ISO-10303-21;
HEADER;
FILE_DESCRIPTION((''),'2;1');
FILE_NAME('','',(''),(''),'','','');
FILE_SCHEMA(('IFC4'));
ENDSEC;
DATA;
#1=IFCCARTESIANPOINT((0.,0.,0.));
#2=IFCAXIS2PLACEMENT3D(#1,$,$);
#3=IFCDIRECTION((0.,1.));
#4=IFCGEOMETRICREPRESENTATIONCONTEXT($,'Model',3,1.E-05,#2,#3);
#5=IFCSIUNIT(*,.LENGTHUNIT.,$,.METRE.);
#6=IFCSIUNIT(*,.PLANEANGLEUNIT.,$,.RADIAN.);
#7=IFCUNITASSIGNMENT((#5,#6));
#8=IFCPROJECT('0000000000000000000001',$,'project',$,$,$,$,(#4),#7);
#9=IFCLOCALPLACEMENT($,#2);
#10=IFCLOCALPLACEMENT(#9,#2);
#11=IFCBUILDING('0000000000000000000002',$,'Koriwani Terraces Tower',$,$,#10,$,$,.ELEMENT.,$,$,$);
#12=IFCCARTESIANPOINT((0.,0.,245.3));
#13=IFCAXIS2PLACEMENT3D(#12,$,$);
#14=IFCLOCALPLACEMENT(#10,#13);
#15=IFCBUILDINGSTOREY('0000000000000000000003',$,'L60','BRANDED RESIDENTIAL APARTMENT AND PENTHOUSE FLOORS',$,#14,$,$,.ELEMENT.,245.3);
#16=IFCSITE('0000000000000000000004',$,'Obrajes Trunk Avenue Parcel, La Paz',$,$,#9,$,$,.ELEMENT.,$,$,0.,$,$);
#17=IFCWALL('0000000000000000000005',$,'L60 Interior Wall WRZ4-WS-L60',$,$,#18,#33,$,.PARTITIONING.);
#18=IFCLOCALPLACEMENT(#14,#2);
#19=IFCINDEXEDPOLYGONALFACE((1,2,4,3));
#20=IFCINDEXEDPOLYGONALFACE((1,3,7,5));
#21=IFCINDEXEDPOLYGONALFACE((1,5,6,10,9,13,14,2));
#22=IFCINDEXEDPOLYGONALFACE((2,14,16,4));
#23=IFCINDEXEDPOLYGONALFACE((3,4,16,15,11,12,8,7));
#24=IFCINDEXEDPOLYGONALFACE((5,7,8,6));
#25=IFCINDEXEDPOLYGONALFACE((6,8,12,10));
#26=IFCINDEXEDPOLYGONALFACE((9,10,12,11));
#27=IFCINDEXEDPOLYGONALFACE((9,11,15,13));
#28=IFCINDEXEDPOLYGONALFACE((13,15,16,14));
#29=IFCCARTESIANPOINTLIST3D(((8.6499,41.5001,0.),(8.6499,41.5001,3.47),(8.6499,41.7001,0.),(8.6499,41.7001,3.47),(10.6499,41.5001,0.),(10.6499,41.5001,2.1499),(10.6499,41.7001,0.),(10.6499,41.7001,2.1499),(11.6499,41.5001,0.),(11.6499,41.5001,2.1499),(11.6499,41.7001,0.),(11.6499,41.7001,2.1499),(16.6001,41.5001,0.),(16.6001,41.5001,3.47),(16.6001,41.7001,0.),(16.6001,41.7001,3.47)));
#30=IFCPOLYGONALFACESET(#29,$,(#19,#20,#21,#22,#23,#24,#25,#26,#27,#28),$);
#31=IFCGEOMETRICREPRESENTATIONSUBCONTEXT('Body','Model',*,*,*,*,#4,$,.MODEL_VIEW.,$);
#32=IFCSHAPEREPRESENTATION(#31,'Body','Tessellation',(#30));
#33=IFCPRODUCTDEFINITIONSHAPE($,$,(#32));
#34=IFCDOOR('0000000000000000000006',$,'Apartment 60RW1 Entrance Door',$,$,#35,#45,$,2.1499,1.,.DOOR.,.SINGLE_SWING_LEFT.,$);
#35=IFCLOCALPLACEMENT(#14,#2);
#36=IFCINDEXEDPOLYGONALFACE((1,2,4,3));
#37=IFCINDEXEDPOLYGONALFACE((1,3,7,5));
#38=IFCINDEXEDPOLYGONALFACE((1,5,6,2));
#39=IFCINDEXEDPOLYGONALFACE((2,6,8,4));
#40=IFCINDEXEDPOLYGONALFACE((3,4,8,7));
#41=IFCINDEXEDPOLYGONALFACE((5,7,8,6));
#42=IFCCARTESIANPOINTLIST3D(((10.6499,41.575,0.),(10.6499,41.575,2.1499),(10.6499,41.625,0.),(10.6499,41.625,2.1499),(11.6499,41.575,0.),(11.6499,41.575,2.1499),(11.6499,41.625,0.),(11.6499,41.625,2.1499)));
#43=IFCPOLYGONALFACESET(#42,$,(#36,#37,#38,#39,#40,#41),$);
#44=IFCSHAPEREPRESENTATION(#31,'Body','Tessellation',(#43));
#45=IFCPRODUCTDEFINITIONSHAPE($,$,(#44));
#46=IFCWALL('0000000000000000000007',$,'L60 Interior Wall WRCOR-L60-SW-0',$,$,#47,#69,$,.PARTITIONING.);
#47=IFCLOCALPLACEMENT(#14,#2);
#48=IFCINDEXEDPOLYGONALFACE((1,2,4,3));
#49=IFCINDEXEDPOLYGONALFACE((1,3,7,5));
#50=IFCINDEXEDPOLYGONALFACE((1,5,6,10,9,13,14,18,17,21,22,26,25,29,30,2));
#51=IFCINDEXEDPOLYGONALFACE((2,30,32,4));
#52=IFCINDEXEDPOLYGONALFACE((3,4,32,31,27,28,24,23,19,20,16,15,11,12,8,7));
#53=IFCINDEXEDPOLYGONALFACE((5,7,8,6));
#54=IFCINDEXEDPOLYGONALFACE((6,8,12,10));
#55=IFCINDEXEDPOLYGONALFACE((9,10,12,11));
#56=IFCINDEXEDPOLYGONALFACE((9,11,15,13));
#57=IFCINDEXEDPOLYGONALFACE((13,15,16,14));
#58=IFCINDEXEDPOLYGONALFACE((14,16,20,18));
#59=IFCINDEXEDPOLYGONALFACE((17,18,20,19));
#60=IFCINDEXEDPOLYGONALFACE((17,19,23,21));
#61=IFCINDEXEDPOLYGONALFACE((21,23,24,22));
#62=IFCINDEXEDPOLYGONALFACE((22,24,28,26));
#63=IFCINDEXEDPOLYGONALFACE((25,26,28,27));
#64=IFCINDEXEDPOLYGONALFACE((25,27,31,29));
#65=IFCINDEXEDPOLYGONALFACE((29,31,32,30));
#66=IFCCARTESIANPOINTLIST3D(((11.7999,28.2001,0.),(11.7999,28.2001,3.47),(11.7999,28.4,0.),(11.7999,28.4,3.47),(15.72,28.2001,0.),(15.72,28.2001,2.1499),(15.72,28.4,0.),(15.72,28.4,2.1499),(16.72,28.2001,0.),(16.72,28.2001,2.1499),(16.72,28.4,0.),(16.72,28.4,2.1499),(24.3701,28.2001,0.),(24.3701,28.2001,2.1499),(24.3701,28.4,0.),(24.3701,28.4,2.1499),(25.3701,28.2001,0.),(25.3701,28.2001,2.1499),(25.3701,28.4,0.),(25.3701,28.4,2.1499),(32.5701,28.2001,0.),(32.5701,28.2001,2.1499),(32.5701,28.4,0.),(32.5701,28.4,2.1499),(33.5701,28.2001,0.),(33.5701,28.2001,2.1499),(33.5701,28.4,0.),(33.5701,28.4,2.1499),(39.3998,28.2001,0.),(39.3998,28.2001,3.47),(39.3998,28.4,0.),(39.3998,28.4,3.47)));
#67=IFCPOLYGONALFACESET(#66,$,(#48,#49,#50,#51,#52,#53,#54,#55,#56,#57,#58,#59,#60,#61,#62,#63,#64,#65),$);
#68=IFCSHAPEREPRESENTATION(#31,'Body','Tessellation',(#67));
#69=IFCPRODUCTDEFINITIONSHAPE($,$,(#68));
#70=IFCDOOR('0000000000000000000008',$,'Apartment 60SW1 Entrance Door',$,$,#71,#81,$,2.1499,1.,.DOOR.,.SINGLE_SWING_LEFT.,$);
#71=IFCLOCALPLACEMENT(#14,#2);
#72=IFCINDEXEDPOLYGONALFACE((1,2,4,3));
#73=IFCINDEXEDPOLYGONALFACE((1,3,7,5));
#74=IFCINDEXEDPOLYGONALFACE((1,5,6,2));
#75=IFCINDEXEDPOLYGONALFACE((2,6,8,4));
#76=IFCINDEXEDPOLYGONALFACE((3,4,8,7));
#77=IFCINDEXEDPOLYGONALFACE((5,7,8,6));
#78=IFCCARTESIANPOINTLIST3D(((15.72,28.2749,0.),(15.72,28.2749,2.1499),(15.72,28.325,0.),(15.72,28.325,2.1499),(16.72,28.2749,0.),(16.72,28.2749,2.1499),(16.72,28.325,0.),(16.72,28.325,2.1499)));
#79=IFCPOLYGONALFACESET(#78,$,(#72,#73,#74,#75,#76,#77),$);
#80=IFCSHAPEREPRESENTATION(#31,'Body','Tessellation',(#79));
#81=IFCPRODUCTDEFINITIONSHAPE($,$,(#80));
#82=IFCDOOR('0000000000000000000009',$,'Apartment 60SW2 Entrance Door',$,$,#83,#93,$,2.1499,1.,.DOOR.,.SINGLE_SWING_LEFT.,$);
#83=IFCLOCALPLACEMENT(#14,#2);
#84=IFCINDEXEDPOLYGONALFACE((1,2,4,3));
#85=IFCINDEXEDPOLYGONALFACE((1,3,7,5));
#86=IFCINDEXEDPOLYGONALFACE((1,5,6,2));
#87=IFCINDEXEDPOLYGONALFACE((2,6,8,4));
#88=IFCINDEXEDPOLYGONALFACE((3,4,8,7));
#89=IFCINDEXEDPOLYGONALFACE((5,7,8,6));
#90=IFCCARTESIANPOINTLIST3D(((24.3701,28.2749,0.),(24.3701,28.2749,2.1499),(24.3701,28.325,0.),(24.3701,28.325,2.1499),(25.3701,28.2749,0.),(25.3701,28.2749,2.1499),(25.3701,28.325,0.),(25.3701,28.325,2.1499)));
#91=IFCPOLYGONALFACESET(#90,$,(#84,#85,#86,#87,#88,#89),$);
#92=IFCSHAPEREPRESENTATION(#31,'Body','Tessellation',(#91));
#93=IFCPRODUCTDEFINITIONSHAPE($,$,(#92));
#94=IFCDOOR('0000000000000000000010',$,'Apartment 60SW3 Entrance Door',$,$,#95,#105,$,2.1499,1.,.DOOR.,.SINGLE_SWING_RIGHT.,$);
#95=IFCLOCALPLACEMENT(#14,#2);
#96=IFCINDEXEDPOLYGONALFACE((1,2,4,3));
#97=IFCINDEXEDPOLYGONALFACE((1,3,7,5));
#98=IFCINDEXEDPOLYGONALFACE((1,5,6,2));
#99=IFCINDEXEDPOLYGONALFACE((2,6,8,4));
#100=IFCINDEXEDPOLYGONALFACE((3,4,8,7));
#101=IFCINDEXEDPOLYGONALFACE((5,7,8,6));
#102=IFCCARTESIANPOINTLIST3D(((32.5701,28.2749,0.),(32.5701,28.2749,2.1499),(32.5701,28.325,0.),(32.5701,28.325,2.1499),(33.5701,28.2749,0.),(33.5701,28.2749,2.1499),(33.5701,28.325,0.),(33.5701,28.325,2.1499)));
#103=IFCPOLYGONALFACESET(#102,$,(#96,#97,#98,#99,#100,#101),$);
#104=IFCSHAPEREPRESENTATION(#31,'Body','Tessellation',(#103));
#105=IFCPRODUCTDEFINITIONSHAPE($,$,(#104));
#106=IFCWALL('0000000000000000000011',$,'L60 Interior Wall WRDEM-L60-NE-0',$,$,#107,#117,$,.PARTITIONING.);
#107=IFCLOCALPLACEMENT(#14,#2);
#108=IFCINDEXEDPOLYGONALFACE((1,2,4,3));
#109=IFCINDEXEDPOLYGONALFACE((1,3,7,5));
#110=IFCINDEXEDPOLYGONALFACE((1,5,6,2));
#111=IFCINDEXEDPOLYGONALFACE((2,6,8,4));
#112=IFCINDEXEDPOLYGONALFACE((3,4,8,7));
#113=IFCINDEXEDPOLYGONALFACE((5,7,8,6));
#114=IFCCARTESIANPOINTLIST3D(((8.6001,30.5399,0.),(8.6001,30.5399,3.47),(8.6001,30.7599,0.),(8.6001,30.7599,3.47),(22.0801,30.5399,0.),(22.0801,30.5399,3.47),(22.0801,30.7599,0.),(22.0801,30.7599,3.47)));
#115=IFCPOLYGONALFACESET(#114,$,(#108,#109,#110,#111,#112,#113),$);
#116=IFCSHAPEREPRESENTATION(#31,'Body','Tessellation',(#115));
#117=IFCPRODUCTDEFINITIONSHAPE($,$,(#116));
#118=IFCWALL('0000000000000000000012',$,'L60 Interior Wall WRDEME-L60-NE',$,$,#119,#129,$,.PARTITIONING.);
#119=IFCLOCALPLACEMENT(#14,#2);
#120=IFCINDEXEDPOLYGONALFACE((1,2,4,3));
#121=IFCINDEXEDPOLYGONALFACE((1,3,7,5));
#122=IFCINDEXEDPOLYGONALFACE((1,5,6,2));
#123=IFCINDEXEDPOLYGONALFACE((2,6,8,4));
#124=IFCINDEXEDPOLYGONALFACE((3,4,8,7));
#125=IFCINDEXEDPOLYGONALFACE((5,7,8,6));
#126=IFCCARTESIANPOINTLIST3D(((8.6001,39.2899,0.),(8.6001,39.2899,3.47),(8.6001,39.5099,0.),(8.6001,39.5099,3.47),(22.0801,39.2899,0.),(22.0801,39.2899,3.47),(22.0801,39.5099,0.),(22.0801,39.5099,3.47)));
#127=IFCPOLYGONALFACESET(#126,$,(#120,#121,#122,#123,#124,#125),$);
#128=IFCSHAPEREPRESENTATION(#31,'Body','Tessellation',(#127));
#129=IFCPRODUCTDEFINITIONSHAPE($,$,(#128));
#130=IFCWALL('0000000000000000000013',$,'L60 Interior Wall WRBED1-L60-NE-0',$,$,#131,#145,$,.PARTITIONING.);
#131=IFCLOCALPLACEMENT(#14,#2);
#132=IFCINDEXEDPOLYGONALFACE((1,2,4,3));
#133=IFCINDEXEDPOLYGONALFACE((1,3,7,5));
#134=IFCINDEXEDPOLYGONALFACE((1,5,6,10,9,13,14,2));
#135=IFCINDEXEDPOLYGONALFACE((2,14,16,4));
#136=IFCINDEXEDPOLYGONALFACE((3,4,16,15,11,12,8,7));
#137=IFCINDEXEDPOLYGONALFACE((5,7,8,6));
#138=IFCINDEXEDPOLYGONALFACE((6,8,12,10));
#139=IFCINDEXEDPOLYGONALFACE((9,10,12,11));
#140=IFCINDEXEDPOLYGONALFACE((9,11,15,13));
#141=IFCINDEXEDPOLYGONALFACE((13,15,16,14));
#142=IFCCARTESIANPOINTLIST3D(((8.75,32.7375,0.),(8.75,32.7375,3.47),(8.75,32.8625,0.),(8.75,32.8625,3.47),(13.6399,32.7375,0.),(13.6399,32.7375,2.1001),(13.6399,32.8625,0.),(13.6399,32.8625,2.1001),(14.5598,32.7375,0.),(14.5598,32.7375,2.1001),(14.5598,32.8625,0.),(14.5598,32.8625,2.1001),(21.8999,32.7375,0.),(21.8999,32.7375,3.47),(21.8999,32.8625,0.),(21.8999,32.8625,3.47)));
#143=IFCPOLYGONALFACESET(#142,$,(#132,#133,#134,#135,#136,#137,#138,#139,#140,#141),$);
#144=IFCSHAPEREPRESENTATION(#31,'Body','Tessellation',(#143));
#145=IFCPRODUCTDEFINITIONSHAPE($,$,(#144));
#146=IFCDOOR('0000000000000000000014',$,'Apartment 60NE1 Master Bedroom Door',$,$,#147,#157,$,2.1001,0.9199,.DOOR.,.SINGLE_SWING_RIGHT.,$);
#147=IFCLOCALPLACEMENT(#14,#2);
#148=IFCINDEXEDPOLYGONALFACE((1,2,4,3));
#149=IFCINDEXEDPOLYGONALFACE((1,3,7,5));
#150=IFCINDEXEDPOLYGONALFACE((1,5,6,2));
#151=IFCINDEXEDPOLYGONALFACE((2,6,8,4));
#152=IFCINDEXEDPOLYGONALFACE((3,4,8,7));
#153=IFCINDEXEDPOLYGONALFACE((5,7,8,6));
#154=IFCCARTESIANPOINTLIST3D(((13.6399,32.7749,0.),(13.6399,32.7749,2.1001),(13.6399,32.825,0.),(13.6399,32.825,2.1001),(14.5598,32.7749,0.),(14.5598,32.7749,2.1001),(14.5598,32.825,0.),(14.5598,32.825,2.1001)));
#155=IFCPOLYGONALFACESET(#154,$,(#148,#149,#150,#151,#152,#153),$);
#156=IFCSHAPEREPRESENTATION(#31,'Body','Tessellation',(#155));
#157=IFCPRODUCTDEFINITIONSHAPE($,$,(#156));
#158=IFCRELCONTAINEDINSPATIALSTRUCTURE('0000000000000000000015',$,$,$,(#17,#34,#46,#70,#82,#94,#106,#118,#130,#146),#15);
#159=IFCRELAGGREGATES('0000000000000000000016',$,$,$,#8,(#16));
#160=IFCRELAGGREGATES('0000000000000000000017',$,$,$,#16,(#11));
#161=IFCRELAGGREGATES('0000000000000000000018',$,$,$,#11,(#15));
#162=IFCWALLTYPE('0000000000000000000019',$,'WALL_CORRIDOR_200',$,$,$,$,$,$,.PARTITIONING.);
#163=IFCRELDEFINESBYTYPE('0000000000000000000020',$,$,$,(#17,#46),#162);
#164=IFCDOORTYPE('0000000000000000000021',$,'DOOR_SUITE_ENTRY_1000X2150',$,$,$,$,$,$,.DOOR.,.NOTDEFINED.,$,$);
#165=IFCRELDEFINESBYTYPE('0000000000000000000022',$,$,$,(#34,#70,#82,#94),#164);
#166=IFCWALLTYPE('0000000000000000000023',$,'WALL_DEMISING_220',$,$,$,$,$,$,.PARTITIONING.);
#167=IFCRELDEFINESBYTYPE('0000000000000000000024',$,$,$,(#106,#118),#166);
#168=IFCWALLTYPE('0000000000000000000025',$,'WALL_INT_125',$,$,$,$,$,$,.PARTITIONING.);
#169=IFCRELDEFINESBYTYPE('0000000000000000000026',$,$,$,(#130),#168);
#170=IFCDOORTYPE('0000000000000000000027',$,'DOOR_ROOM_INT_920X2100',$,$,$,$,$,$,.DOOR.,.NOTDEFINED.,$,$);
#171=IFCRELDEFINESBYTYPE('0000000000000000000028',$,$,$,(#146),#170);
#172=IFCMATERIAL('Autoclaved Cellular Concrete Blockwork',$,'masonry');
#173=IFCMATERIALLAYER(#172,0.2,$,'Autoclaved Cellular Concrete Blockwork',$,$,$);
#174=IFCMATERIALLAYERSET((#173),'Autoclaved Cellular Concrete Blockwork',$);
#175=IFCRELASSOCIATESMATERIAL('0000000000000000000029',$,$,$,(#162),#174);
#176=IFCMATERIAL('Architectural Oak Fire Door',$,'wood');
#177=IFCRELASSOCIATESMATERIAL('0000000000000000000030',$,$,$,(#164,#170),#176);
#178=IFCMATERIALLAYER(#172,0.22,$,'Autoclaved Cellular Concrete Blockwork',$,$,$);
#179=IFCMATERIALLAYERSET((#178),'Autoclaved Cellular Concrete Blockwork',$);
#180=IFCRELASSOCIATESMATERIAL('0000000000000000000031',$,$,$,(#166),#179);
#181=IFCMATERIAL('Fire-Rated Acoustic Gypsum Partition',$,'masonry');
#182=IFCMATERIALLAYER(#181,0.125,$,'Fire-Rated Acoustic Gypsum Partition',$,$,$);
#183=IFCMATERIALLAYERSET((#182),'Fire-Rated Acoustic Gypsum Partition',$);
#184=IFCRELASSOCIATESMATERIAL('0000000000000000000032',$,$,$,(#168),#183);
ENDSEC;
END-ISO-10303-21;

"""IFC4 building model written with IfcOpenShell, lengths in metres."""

from ifc_helpers import new_model, si_unit, direction, frame, frame_2d, origin, place, context, subcontext, project, spatial, rectangle, extrude, material, layer, layer_set, type_object, element, fill, save


model = new_model("IFC4")

# Units and contexts
model_context = context("Model", 3, precision=1e-05, world=origin(), true_north=direction((0.0, 1.0)))
body_context = subcontext(model_context, "Body", "Model", "MODEL_VIEW")
ifc_project = project(units=[si_unit("LENGTHUNIT", "METRE"), si_unit("PLANEANGLEUNIT", "RADIAN")], contexts=[model_context])

# Site, building, storey
site_placement = place(None, origin())
site = spatial("IfcSite", under=ifc_project, at=site_placement, Name="Obrajes Trunk Avenue Parcel, La Paz", CompositionType="ELEMENT", RefElevation=0.0)
building_placement = place(site_placement, origin())
building = spatial("IfcBuilding", under=site, at=building_placement, Name="Koriwani Terraces Tower", CompositionType="ELEMENT")
storey_placement = place(building_placement, frame((0.0, 0.0, 245.3)))
storey = spatial("IfcBuildingStorey", under=building, at=storey_placement, Name="L60", Description="BRANDED RESIDENTIAL APARTMENT AND PENTHOUSE FLOORS", CompositionType="ELEMENT", Elevation=245.3)

# Wall, opening, door
ifc_material_1 = material(Name="Autoclaved Cellular Concrete Blockwork", Category="masonry")
ifc_layer_1 = layer(ifc_material_1, 0.2, Name="Autoclaved Cellular Concrete Blockwork")
ifc_layer_set_1 = layer_set([ifc_layer_1], Name="Autoclaved Cellular Concrete Blockwork")
wall_type_1 = type_object("IfcWallType", Name="WALL_CORRIDOR_200", PredefinedType="PARTITIONING", material=ifc_layer_set_1)
wall_1_placement = place(storey_placement, frame((8.6499, 41.6001, 0.0), z_axis=(0.0, 0.0, 1.0), x_axis=(1.0, 0.0, 0.0)))
wall_1 = element("IfcWall", 1, at=wall_1_placement, inside=storey, type_object=wall_type_1, Name="L60 Interior Wall WRZ4-WS-L60", PredefinedType="PARTITIONING", context=body_context, shape_type="SweptSolid", body=[
    extrude(rectangle(XDim=7.9502, YDim=0.2, at=frame_2d((3.9751, 0.0))), origin(), (0.0, 0.0, 1.0), 3.47),
])
opening_1_placement = place(wall_1_placement, frame((2.0, 0.0, 0.0)))
opening_1 = element("IfcOpeningElement", 2, at=opening_1_placement, cuts=wall_1, PredefinedType="OPENING", context=body_context, shape_type="SweptSolid", body=[
    extrude(rectangle(XDim=1.0, YDim=2.1499, at=frame_2d((0.5, 1.075))), frame((0.0, 0.1099, 0.0), z_axis=(0.0, -1.0, 0.0), x_axis=(1.0, 0.0, 0.0)), (0.0, 0.0, 1.0), 0.22),
])
ifc_material_2 = material(Name="Architectural Oak Fire Door", Category="wood")
door_type_1 = type_object("IfcDoorType", Name="DOOR_SUITE_ENTRY_1000X2150", OperationType="NOTDEFINED", PredefinedType="DOOR", material=ifc_material_2)
door_1_placement = place(opening_1_placement, origin())
door_1 = element("IfcDoor", 3, at=door_1_placement, inside=storey, type_object=door_type_1, Name="Apartment 60RW1 Entrance Door", OperationType="SINGLE_SWING_LEFT", OverallHeight=2.1499, OverallWidth=1.0, PredefinedType="DOOR", context=body_context, shape_type="SweptSolid", body=[
    extrude(rectangle(XDim=1.0, YDim=2.1499, at=frame_2d((0.5, 1.075))), frame((0.0, 0.0249, 0.0), z_axis=(0.0, -1.0, 0.0), x_axis=(1.0, 0.0, 0.0)), (0.0, 0.0, 1.0), 0.05),
])
fill(opening_1, door_1)

# Wall, openings, doors
wall_2_placement = place(storey_placement, frame((11.8, 28.3, 0.0), z_axis=(0.0, 0.0, 1.0), x_axis=(1.0, 0.0, 0.0)))
wall_2 = element("IfcWall", 4, at=wall_2_placement, inside=storey, type_object=wall_type_1, Name="L60 Interior Wall WRCOR-L60-SW-0", PredefinedType="PARTITIONING", context=body_context, shape_type="SweptSolid", body=[
    extrude(rectangle(XDim=27.5999, YDim=0.2, at=frame_2d((13.7998, 0.0))), origin(), (0.0, 0.0, 1.0), 3.47),
])
opening_2_placement = place(wall_2_placement, frame((3.9199, 0.0, 0.0)))
opening_2 = element("IfcOpeningElement", 5, at=opening_2_placement, cuts=wall_2, PredefinedType="OPENING", context=body_context, shape_type="SweptSolid", body=[
    extrude(rectangle(XDim=1.0, YDim=2.1499, at=frame_2d((0.5, 1.075))), frame((0.0, 0.1099, 0.0), z_axis=(0.0, -1.0, 0.0), x_axis=(1.0, 0.0, 0.0)), (0.0, 0.0, 1.0), 0.22),
])
opening_3_placement = place(wall_2_placement, frame((12.5701, 0.0, 0.0)))
opening_3 = element("IfcOpeningElement", 6, at=opening_3_placement, cuts=wall_2, PredefinedType="OPENING", context=body_context, shape_type="SweptSolid", body=[
    extrude(rectangle(XDim=1.0, YDim=2.1499, at=frame_2d((0.5, 1.075))), frame((0.0, 0.1099, 0.0), z_axis=(0.0, -1.0, 0.0), x_axis=(1.0, 0.0, 0.0)), (0.0, 0.0, 1.0), 0.22),
])
opening_4_placement = place(wall_2_placement, frame((20.77, 0.0, 0.0)))
opening_4 = element("IfcOpeningElement", 7, at=opening_4_placement, cuts=wall_2, PredefinedType="OPENING", context=body_context, shape_type="SweptSolid", body=[
    extrude(rectangle(XDim=1.0, YDim=2.1499, at=frame_2d((0.5, 1.075))), frame((0.0, 0.1099, 0.0), z_axis=(0.0, -1.0, 0.0), x_axis=(1.0, 0.0, 0.0)), (0.0, 0.0, 1.0), 0.22),
])
door_2_placement = place(opening_2_placement, origin())
door_2 = element("IfcDoor", 8, at=door_2_placement, inside=storey, type_object=door_type_1, Name="Apartment 60SW1 Entrance Door", OperationType="SINGLE_SWING_LEFT", OverallHeight=2.1499, OverallWidth=1.0, PredefinedType="DOOR", context=body_context, shape_type="SweptSolid", body=[
    extrude(rectangle(XDim=1.0, YDim=2.1499, at=frame_2d((0.5, 1.075))), frame((0.0, 0.0249, 0.0), z_axis=(0.0, -1.0, 0.0), x_axis=(1.0, 0.0, 0.0)), (0.0, 0.0, 1.0), 0.05),
])
fill(opening_2, door_2)
door_3_placement = place(opening_3_placement, origin())
door_3 = element("IfcDoor", 9, at=door_3_placement, inside=storey, type_object=door_type_1, Name="Apartment 60SW2 Entrance Door", OperationType="SINGLE_SWING_LEFT", OverallHeight=2.1499, OverallWidth=1.0, PredefinedType="DOOR", context=body_context, shape_type="SweptSolid", body=[
    extrude(rectangle(XDim=1.0, YDim=2.1499, at=frame_2d((0.5, 1.075))), frame((0.0, 0.0249, 0.0), z_axis=(0.0, -1.0, 0.0), x_axis=(1.0, 0.0, 0.0)), (0.0, 0.0, 1.0), 0.05),
])
fill(opening_3, door_3)
door_4_placement = place(opening_4_placement, origin())
door_4 = element("IfcDoor", 10, at=door_4_placement, inside=storey, type_object=door_type_1, Name="Apartment 60SW3 Entrance Door", OperationType="SINGLE_SWING_RIGHT", OverallHeight=2.1499, OverallWidth=1.0, PredefinedType="DOOR", context=body_context, shape_type="SweptSolid", body=[
    extrude(rectangle(XDim=1.0, YDim=2.1499, at=frame_2d((0.5, 1.075))), frame((0.0, 0.0249, 0.0), z_axis=(0.0, -1.0, 0.0), x_axis=(1.0, 0.0, 0.0)), (0.0, 0.0, 1.0), 0.05),
])
fill(opening_4, door_4)

# Walls
ifc_layer_2 = layer(ifc_material_1, 0.22, Name="Autoclaved Cellular Concrete Blockwork")
ifc_layer_set_2 = layer_set([ifc_layer_2], Name="Autoclaved Cellular Concrete Blockwork")
wall_type_2 = type_object("IfcWallType", Name="WALL_DEMISING_220", PredefinedType="PARTITIONING", material=ifc_layer_set_2)
for number, where, z_axis, x_axis, name in (
    (11, (8.6001, 30.6499, 0.0), (0.0, 0.0, 1.0), (1.0, 0.0, 0.0), "L60 Interior Wall WRDEM-L60-NE-0"),
    (12, (8.6001, 39.3999, 0.0), (0.0, 0.0, 1.0), (1.0, 0.0, 0.0), "L60 Interior Wall WRDEME-L60-NE"),
):
    element("IfcWall", number, at=place(storey_placement, frame(where, z_axis=z_axis, x_axis=x_axis)), inside=storey, type_object=wall_type_2, Name=name, PredefinedType="PARTITIONING", context=body_context, shape_type="SweptSolid", body=[
        extrude(rectangle(XDim=13.48, YDim=0.22, at=frame_2d((6.74, 0.0))), origin(), (0.0, 0.0, 1.0), 3.47),
    ])

# Wall, opening, door
ifc_material_3 = material(Name="Fire-Rated Acoustic Gypsum Partition", Category="masonry")
ifc_layer_3 = layer(ifc_material_3, 0.125, Name="Fire-Rated Acoustic Gypsum Partition")
ifc_layer_set_3 = layer_set([ifc_layer_3], Name="Fire-Rated Acoustic Gypsum Partition")
wall_type_3 = type_object("IfcWallType", Name="WALL_INT_125", PredefinedType="PARTITIONING", material=ifc_layer_set_3)
wall_3_placement = place(storey_placement, frame((8.75, 32.8, 0.0), z_axis=(0.0, 0.0, 1.0), x_axis=(1.0, 0.0, 0.0)))
wall_3 = element("IfcWall", 13, at=wall_3_placement, inside=storey, type_object=wall_type_3, Name="L60 Interior Wall WRBED1-L60-NE-0", PredefinedType="PARTITIONING", context=body_context, shape_type="SweptSolid", body=[
    extrude(rectangle(XDim=13.1499, YDim=0.125, at=frame_2d((6.575, 0.0))), origin(), (0.0, 0.0, 1.0), 3.47),
])
opening_5_placement = place(wall_3_placement, frame((4.8899, 0.0, 0.0)))
opening_5 = element("IfcOpeningElement", 14, at=opening_5_placement, cuts=wall_3, PredefinedType="OPENING", context=body_context, shape_type="SweptSolid", body=[
    extrude(rectangle(XDim=0.9199, YDim=2.1001, at=frame_2d((0.46, 1.05))), frame((0.0, 0.0725, 0.0), z_axis=(0.0, -1.0, 0.0), x_axis=(1.0, 0.0, 0.0)), (0.0, 0.0, 1.0), 0.145),
])
door_type_2 = type_object("IfcDoorType", Name="DOOR_ROOM_INT_920X2100", OperationType="NOTDEFINED", PredefinedType="DOOR", material=ifc_material_2)
door_5_placement = place(opening_5_placement, origin())
door_5 = element("IfcDoor", 15, at=door_5_placement, inside=storey, type_object=door_type_2, Name="Apartment 60NE1 Master Bedroom Door", OperationType="SINGLE_SWING_RIGHT", OverallHeight=2.1001, OverallWidth=0.9199, PredefinedType="DOOR", context=body_context, shape_type="SweptSolid", body=[
    extrude(rectangle(XDim=0.9199, YDim=2.1001, at=frame_2d((0.46, 1.05))), frame((0.0, 0.0249, 0.0), z_axis=(0.0, -1.0, 0.0), x_axis=(1.0, 0.0, 0.0)), (0.0, 0.0, 1.0), 0.05),
])
fill(opening_5, door_5)

save(model, "model.ifc")
